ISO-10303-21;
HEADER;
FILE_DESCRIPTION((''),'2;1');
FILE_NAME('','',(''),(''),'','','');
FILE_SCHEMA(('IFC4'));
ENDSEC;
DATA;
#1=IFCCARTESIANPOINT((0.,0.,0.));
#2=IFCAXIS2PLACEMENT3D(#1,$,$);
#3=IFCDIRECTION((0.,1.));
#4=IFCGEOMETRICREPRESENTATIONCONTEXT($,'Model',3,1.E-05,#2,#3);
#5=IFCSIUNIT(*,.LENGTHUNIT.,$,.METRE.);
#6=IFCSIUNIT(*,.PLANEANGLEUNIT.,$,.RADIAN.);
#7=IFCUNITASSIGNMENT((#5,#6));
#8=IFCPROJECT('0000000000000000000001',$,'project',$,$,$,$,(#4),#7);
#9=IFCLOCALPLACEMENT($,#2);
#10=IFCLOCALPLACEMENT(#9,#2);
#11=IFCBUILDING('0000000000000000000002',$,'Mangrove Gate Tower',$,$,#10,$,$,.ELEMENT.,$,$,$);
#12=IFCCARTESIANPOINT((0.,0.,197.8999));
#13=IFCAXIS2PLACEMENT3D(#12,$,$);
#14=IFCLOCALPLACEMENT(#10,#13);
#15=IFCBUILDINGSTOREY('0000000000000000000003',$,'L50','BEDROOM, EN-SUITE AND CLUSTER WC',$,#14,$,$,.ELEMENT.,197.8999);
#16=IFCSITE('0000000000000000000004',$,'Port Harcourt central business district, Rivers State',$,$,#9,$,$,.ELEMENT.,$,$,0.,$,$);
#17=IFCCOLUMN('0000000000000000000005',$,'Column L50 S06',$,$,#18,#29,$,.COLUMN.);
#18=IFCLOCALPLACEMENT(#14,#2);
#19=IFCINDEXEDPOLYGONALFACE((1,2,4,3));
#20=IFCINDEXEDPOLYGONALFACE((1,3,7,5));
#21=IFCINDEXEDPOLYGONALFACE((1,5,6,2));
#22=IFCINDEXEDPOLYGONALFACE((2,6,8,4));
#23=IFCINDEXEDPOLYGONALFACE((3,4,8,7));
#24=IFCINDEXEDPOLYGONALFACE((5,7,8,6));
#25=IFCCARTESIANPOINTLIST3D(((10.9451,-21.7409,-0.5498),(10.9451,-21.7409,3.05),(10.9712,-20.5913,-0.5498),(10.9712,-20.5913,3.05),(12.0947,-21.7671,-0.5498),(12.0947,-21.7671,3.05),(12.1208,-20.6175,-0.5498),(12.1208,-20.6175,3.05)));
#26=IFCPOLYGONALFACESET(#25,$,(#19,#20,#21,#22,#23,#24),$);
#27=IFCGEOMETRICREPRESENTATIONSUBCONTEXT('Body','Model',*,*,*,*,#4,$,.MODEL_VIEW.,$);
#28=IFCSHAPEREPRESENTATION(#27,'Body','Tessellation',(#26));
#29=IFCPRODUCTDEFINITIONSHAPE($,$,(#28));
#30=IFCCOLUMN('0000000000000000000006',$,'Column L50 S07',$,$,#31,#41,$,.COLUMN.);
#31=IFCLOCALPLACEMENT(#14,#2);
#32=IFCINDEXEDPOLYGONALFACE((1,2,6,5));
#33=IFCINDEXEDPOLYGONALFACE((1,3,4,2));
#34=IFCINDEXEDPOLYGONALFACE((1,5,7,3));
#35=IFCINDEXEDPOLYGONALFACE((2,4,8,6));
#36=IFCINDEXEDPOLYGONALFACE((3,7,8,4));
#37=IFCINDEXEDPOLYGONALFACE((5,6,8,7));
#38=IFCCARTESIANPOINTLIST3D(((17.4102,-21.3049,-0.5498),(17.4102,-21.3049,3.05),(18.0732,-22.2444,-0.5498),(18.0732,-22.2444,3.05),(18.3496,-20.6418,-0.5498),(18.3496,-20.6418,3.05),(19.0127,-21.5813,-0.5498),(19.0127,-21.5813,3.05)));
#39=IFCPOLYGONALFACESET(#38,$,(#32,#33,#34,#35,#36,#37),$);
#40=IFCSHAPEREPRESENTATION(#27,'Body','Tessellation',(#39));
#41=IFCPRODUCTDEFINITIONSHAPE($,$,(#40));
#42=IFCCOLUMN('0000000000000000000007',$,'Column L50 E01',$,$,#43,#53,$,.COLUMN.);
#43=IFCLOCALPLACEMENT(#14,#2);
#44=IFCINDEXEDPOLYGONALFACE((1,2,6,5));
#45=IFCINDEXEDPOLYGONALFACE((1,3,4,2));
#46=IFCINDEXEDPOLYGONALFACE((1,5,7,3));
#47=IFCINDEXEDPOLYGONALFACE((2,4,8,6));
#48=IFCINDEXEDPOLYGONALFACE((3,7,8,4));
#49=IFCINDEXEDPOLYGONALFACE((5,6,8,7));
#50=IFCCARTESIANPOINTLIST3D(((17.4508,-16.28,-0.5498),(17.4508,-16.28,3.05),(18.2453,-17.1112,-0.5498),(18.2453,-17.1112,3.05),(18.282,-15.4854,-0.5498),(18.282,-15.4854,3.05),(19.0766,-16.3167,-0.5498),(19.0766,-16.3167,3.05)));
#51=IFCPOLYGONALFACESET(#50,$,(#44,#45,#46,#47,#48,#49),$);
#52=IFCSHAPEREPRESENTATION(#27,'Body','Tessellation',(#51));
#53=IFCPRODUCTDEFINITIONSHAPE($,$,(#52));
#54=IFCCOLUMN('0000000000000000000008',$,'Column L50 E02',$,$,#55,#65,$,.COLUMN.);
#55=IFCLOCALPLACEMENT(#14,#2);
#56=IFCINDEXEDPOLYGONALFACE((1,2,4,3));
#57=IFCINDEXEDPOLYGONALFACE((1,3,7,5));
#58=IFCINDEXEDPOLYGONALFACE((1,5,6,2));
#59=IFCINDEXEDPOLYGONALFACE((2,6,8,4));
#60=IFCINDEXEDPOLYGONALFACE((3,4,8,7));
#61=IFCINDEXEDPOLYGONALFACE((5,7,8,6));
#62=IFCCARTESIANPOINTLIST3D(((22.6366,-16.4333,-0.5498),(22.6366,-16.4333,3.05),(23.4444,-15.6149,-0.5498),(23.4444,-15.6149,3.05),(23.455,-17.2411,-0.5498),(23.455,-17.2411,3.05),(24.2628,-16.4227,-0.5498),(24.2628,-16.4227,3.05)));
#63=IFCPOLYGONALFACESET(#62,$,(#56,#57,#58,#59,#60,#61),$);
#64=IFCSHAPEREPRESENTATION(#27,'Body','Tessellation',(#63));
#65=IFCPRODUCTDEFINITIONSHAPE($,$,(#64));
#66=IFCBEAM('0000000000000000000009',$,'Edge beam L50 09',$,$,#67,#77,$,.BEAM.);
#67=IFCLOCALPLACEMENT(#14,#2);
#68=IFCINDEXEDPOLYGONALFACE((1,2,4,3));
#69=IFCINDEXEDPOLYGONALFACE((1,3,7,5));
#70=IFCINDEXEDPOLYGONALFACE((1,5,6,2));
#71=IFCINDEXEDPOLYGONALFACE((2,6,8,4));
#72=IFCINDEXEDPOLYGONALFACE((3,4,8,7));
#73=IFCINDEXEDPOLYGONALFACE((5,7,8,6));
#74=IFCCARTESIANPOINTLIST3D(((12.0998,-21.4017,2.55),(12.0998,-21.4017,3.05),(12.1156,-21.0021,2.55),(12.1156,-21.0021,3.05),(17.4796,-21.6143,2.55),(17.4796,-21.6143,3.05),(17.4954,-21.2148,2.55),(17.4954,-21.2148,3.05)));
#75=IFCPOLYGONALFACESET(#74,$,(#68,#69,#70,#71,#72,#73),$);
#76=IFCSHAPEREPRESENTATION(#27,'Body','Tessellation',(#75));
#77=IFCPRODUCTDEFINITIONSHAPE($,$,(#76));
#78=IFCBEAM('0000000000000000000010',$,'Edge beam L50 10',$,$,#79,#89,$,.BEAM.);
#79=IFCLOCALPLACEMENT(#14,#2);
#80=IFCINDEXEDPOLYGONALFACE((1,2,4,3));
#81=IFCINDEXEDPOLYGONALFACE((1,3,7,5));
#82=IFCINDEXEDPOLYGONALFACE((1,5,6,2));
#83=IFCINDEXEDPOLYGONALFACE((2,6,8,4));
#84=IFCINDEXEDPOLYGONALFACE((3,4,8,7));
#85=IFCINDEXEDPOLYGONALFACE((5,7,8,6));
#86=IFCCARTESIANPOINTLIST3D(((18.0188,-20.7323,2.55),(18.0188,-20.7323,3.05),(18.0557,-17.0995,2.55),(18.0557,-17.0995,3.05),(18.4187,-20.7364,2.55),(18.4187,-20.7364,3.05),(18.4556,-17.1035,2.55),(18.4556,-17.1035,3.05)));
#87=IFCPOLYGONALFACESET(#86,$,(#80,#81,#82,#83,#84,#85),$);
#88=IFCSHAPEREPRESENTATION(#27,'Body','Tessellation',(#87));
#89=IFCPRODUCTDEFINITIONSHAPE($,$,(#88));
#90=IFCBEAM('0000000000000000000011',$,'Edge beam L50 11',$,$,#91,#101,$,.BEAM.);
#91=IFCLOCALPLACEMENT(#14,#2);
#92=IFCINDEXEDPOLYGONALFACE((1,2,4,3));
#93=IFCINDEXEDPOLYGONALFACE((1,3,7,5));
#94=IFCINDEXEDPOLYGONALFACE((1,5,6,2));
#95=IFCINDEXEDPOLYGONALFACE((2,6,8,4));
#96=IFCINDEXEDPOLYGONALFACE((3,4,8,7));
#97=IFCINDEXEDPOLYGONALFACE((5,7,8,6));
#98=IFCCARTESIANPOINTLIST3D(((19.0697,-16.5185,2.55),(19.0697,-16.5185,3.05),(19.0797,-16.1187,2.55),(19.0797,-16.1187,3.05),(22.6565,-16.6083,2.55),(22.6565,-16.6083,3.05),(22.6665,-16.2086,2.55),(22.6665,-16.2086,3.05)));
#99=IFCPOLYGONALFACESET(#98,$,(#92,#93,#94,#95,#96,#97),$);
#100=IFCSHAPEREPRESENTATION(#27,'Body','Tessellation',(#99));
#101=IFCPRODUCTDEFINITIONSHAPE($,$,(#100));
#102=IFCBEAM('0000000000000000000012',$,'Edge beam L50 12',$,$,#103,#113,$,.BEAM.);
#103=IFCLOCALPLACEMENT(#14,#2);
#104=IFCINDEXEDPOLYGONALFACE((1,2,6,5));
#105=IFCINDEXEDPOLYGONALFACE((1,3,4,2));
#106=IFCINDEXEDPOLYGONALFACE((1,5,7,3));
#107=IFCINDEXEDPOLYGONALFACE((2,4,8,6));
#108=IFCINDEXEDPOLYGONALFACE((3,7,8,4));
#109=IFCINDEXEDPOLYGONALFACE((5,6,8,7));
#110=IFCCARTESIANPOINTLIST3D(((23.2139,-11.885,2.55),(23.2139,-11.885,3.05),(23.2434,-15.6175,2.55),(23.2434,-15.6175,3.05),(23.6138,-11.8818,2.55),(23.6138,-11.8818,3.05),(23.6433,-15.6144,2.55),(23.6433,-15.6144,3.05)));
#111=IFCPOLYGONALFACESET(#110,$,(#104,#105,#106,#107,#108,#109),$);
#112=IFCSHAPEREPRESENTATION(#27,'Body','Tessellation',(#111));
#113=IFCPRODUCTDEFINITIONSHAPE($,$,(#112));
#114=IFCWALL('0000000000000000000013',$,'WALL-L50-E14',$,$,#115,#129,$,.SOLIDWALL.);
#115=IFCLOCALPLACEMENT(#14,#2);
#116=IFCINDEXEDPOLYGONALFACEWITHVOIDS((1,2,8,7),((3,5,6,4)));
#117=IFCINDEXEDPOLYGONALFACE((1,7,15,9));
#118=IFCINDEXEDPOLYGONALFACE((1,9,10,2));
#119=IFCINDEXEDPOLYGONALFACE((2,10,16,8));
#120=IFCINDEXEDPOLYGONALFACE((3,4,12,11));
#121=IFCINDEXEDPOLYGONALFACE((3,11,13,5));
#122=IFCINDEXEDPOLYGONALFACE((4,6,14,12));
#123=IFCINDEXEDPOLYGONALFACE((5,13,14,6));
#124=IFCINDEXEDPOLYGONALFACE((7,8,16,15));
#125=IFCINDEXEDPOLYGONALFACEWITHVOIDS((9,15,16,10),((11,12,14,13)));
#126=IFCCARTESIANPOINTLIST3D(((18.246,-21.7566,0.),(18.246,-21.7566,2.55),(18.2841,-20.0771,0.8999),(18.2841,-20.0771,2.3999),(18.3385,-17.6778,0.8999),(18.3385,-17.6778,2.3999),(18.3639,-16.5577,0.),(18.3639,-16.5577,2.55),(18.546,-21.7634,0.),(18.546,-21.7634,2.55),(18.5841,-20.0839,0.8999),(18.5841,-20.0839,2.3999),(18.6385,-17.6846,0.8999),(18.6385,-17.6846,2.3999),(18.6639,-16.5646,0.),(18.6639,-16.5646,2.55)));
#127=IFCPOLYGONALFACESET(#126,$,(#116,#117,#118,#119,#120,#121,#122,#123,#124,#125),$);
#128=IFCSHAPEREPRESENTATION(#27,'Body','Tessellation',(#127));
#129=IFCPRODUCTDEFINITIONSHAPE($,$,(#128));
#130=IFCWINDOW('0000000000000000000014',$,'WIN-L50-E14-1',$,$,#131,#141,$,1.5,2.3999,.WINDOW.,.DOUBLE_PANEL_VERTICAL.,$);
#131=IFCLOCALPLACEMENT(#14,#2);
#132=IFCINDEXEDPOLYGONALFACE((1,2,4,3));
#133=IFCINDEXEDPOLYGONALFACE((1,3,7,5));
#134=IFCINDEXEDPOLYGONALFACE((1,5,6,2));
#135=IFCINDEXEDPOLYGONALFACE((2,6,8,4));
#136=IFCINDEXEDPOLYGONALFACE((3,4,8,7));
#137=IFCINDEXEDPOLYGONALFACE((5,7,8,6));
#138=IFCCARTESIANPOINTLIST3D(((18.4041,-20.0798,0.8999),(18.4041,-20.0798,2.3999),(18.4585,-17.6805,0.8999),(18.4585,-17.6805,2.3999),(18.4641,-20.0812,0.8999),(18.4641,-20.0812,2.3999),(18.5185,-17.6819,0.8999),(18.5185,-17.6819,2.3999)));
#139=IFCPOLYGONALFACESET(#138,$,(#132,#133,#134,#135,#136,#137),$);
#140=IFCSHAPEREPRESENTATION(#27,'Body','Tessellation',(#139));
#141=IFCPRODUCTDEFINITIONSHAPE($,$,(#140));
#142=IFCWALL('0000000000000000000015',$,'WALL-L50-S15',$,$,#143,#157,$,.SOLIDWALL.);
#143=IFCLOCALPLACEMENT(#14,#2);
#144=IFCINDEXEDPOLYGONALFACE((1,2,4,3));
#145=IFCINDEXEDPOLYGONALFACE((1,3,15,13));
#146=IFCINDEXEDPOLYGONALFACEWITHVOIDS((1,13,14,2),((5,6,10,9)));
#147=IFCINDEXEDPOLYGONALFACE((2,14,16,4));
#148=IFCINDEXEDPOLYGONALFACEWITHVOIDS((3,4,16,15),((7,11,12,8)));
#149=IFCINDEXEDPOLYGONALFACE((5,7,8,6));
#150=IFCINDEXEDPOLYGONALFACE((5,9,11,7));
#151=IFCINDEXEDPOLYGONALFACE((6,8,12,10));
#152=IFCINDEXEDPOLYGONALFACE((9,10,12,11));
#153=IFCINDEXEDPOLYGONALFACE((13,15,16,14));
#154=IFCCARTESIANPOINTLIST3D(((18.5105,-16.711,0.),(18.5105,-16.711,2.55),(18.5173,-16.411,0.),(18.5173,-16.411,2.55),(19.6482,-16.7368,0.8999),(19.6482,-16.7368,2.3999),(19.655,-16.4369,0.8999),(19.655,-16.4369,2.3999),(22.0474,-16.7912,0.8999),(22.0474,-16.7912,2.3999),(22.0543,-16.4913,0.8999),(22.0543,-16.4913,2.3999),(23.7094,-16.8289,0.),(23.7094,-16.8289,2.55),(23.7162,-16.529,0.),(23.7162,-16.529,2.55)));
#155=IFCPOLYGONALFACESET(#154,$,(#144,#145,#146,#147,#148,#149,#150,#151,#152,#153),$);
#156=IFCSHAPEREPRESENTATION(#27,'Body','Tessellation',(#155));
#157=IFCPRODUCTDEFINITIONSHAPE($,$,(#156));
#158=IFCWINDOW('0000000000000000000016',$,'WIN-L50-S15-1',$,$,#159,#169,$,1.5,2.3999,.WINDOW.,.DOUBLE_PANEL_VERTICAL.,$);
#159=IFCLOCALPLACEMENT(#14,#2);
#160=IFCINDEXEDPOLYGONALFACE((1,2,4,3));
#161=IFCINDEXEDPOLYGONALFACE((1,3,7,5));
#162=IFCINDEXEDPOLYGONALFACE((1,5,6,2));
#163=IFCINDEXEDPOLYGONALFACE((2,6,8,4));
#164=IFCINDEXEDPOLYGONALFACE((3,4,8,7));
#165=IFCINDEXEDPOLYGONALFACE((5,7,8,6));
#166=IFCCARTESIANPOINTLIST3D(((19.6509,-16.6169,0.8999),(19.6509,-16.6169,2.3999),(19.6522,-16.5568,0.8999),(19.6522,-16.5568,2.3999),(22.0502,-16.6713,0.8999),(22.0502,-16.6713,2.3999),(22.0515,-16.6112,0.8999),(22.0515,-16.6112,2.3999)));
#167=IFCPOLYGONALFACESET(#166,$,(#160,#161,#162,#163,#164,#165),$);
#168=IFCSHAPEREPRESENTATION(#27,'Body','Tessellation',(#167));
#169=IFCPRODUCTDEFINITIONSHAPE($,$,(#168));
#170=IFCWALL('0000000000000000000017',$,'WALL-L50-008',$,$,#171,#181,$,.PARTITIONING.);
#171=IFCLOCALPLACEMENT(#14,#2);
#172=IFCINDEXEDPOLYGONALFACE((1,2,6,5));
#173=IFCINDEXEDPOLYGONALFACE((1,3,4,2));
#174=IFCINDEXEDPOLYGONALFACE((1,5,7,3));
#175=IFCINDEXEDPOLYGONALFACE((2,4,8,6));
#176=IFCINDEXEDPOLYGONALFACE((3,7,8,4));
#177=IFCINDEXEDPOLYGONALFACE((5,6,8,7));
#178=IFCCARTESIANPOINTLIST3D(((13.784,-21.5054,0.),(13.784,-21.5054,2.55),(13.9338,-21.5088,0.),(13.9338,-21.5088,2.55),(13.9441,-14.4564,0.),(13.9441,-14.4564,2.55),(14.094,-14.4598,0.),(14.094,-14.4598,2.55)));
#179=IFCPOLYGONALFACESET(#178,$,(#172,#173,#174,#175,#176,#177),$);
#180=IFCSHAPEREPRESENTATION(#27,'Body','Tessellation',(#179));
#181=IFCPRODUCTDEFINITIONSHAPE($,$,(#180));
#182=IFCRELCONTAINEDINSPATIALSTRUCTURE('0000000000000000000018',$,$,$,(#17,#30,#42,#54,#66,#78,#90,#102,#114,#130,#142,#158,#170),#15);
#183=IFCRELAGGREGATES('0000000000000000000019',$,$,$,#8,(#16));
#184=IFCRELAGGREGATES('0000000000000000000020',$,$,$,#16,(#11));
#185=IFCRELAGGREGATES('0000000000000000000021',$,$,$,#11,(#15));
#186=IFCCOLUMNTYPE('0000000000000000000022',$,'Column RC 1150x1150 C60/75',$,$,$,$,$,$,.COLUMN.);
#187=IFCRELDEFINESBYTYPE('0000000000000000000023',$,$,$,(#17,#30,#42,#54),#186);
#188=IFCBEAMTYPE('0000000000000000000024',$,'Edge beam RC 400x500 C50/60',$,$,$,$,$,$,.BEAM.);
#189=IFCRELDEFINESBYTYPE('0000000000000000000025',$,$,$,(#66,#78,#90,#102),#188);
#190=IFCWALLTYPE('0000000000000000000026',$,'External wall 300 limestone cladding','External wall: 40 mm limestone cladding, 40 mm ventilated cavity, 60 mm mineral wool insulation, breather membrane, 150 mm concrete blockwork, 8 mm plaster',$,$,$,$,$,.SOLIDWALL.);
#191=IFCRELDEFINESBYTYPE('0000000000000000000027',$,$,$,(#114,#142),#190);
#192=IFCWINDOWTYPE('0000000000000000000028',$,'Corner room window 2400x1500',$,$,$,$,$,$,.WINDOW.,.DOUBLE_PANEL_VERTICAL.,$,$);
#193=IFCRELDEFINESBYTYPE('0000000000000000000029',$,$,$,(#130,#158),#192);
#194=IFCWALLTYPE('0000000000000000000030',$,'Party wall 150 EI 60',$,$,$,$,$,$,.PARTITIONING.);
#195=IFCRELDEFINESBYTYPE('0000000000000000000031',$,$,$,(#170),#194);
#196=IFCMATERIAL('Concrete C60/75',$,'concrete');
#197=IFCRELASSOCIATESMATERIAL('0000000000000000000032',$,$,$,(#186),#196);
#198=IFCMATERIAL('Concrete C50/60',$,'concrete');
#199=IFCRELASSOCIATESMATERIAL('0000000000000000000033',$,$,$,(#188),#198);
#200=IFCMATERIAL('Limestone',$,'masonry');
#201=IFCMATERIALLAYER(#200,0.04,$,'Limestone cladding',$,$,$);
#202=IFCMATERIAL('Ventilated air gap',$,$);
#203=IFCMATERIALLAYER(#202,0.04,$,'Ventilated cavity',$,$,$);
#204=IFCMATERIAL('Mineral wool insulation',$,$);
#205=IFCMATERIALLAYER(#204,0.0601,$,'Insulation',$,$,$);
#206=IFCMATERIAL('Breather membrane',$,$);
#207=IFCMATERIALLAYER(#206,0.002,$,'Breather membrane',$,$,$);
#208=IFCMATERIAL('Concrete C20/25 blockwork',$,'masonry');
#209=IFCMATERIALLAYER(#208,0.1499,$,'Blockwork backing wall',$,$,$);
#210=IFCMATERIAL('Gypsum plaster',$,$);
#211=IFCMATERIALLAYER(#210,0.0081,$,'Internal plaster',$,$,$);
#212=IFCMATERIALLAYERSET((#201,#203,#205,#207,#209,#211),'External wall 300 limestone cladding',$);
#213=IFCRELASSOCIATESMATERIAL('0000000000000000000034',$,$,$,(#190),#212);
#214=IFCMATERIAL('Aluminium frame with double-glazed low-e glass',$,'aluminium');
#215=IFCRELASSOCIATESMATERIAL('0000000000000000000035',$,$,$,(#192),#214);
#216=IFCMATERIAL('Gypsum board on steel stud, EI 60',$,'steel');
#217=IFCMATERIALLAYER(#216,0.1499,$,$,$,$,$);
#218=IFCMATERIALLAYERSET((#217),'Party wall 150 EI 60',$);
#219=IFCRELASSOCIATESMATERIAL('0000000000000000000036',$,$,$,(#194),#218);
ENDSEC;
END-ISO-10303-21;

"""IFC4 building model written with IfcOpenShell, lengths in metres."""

from ifc_helpers import new_model, si_unit, direction, frame, frame_2d, origin, origin_2d, place, context, subcontext, project, spatial, rectangle, extrude, material, layer, layer_set, material_profile, profile_set, type_object, element, fill, save


model = new_model("IFC4")

# Units and contexts
model_context = context("Model", 3, precision=1e-05, world=origin(), true_north=direction((0.0, 1.0)))
body_context = subcontext(model_context, "Body", "Model", "MODEL_VIEW")
ifc_project = project(units=[si_unit("LENGTHUNIT", "METRE"), si_unit("PLANEANGLEUNIT", "RADIAN")], contexts=[model_context])

# Site, building, storey
site_placement = place(None, origin())
site = spatial("IfcSite", under=ifc_project, at=site_placement, Name="Port Harcourt central business district, Rivers State", CompositionType="ELEMENT", RefElevation=0.0)
building_placement = place(site_placement, origin())
building = spatial("IfcBuilding", under=site, at=building_placement, Name="Mangrove Gate Tower", CompositionType="ELEMENT")
storey_placement = place(building_placement, frame((0.0, 0.0, 197.8999)))
storey = spatial("IfcBuildingStorey", under=building, at=storey_placement, Name="L50", Description="BEDROOM, EN-SUITE AND CLUSTER WC", CompositionType="ELEMENT", Elevation=197.8999)

# Columns
ifc_material_1 = material(Name="Concrete C60/75", Category="concrete")
ifc_material_profile_1 = material_profile(ifc_material_1, rectangle(XDim=1.1499, YDim=1.1499, at=origin_2d()))
ifc_profile_set_1 = profile_set([ifc_material_profile_1], Name="Concrete C60/75")
column_type = type_object("IfcColumnType", Name="Column RC 1150x1150 C60/75", PredefinedType="COLUMN", material=ifc_profile_set_1)
for number, where, z_axis, x_axis, name in (
    (1, (11.533, -21.1792, -0.5498), (0.0, 0.0, 1.0), (0.999742, -0.022707, 0.0), "Column L50 S06"),
    (2, (18.2114, -21.4431, -0.5498), (0.0, 0.0, 1.0), (0.817006, 0.576629, 0.0), "Column L50 S07"),
    (3, (18.2637, -16.2983, -0.5498), (0.0, 0.0, 1.0), (0.722905, 0.690948, 0.0), "Column L50 E01"),
    (4, (23.4497, -16.428, -0.5498), (0.0, 0.0, 1.0), (0.702473, 0.711711, 0.0), "Column L50 E02"),
):
    element("IfcColumn", number, at=place(storey_placement, frame(where, z_axis=z_axis, x_axis=x_axis)), inside=storey, type_object=column_type, Name=name, PredefinedType="COLUMN", context=body_context, shape_type="SweptSolid", body=[
        extrude(rectangle(XDim=1.1499, YDim=1.1499, at=origin_2d()), origin(), (0.0, 0.0, 1.0), 3.5999),
    ])

# Beams
ifc_material_2 = material(Name="Concrete C50/60", Category="concrete")
ifc_material_profile_2 = material_profile(ifc_material_2, rectangle(XDim=0.3999, YDim=0.5, at=origin_2d()))
ifc_profile_set_2 = profile_set([ifc_material_profile_2], Name="Concrete C50/60")
beam_type = type_object("IfcBeamType", Name="Edge beam RC 400x500 C50/60", PredefinedType="BEAM", material=ifc_profile_set_2)
beam_1_placement = place(storey_placement, frame((12.1077, -21.2019, 2.8), z_axis=(0.99922, -0.039495, 0.0), x_axis=(0.039495, 0.99922, 0.0)))
element("IfcBeam", 5, at=beam_1_placement, inside=storey, type_object=beam_type, Name="Edge beam L50 09", PredefinedType="BEAM", context=body_context, shape_type="SweptSolid", body=[
    extrude(rectangle(XDim=0.3999, YDim=0.5, at=origin_2d()), origin(), (0.0, 0.0, 1.0), 5.384),
])
beam_2_placement = place(storey_placement, frame((18.2188, -20.7344, 2.8), z_axis=(0.010147, 0.999949, 0.0), x_axis=(-0.999949, 0.010147, 0.0)))
element("IfcBeam", 6, at=beam_2_placement, inside=storey, type_object=beam_type, Name="Edge beam L50 10", PredefinedType="BEAM", context=body_context, shape_type="SweptSolid", body=[
    extrude(rectangle(XDim=0.3999, YDim=0.5, at=origin_2d()), origin(), (0.0, 0.0, 1.0), 3.6331),
])
beam_3_placement = place(storey_placement, frame((19.0747, -16.3186, 2.8), z_axis=(0.999686, -0.025041, 0.0), x_axis=(0.025041, 0.999686, 0.0)))
element("IfcBeam", 7, at=beam_3_placement, inside=storey, type_object=beam_type, Name="Edge beam L50 11", PredefinedType="BEAM", context=body_context, shape_type="SweptSolid", body=[
    extrude(rectangle(XDim=0.3999, YDim=0.5, at=origin_2d()), origin(), (0.0, 0.0, 1.0), 3.5879),
])
beam_4_placement = place(storey_placement, frame((23.4434, -15.616, 2.8), z_axis=(-0.007914, 0.999969, 0.0), x_axis=(-0.999969, -0.007914, 0.0)))
element("IfcBeam", 8, at=beam_4_placement, inside=storey, type_object=beam_type, Name="Edge beam L50 12", PredefinedType="BEAM", context=body_context, shape_type="SweptSolid", body=[
    extrude(rectangle(XDim=0.3999, YDim=0.5, at=origin_2d()), origin(), (0.0, 0.0, 1.0), 3.7327),
])

# Shared definitions
ifc_material_3 = material(Name="Limestone", Category="masonry")
ifc_layer_1 = layer(ifc_material_3, 0.04, Name="Limestone cladding")
ifc_material_4 = material(Name="Ventilated air gap")
ifc_layer_2 = layer(ifc_material_4, 0.04, Name="Ventilated cavity")
ifc_material_5 = material(Name="Mineral wool insulation")
ifc_layer_3 = layer(ifc_material_5, 0.0601, Name="Insulation")
ifc_material_6 = material(Name="Breather membrane")
ifc_layer_4 = layer(ifc_material_6, 0.002, Name="Breather membrane")
ifc_material_7 = material(Name="Concrete C20/25 blockwork", Category="masonry")
ifc_layer_5 = layer(ifc_material_7, 0.1499, Name="Blockwork backing wall")
ifc_material_8 = material(Name="Gypsum plaster")
ifc_layer_6 = layer(ifc_material_8, 0.0081, Name="Internal plaster")
ifc_layer_set_1 = layer_set([ifc_layer_1, ifc_layer_2, ifc_layer_3, ifc_layer_4, ifc_layer_5, ifc_layer_6], Name="External wall 300 limestone cladding")
wall_type_1 = type_object("IfcWallType", Name="External wall 300 limestone cladding", Description="External wall: 40 mm limestone cladding, 40 mm ventilated cavity, 60 mm mineral wool insulation, breather membrane, 150 mm concrete blockwork, 8 mm plaster", PredefinedType="SOLIDWALL", material=ifc_layer_set_1)

# Walls, openings, windows
wall_1_placement = place(storey_placement, frame((18.396, -21.76, 0.0), z_axis=(0.0, 0.0, 1.0), x_axis=(0.022676, 0.999743, 0.0)))
wall_1 = element("IfcWall", 9, at=wall_1_placement, inside=storey, type_object=wall_type_1, Name="WALL-L50-E14", PredefinedType="SOLIDWALL", context=body_context, shape_type="SweptSolid", body=[
    extrude(rectangle(XDim=5.2002, YDim=0.3, at=frame_2d((2.6001, 0.0))), origin(), (0.0, 0.0, 1.0), 2.55),
])
opening_1_placement = place(wall_1_placement, frame((1.6799, 0.0, 0.8999)))
opening_1 = element("IfcOpeningElement", 10, at=opening_1_placement, cuts=wall_1, PredefinedType="OPENING", context=body_context, shape_type="SweptSolid", body=[
    extrude(rectangle(XDim=2.3999, YDim=1.5, at=frame_2d((1.2, 0.75))), frame((0.0, 0.1599, 0.0), z_axis=(0.0, -1.0, 0.0), x_axis=(1.0, 0.0, 0.0)), (0.0, 0.0, 1.0), 0.3201),
])
ifc_material_9 = material(Name="Aluminium frame with double-glazed low-e glass", Category="aluminium")
window_type_1 = type_object("IfcWindowType", Name="Corner room window 2400x1500", PartitioningType="DOUBLE_PANEL_VERTICAL", PredefinedType="WINDOW", material=ifc_material_9)
window_1_placement = place(opening_1_placement, origin())
window_1 = element("IfcWindow", 11, at=window_1_placement, inside=storey, type_object=window_type_1, Name="WIN-L50-E14-1", OverallHeight=1.5, OverallWidth=2.3999, PartitioningType="DOUBLE_PANEL_VERTICAL", PredefinedType="WINDOW", context=body_context, shape_type="SweptSolid", body=[
    extrude(rectangle(XDim=2.3999, YDim=1.5, at=frame_2d((1.2, 0.75))), frame((0.0, 0.03, 0.0), z_axis=(0.0, -1.0, 0.0), x_axis=(1.0, 0.0, 0.0)), (0.0, 0.0, 1.0), 0.0601),
])
fill(opening_1, window_1)
wall_2_placement = place(storey_placement, frame((18.5139, -16.561, 0.0), z_axis=(0.0, 0.0, 1.0), x_axis=(0.999743, -0.022676, 0.0)))
wall_2 = element("IfcWall", 12, at=wall_2_placement, inside=storey, type_object=wall_type_1, Name="WALL-L50-S15", PredefinedType="SOLIDWALL", context=body_context, shape_type="SweptSolid", body=[
    extrude(rectangle(XDim=5.2002, YDim=0.3, at=frame_2d((2.6001, 0.0))), origin(), (0.0, 0.0, 1.0), 2.55),
])
opening_2_placement = place(wall_2_placement, frame((1.1379, 0.0, 0.8999)))
opening_2 = element("IfcOpeningElement", 13, at=opening_2_placement, cuts=wall_2, PredefinedType="OPENING", context=body_context, shape_type="SweptSolid", body=[
    extrude(rectangle(XDim=2.3999, YDim=1.5, at=frame_2d((1.2, 0.75))), frame((0.0, 0.1599, 0.0), z_axis=(0.0, -1.0, 0.0), x_axis=(1.0, 0.0, 0.0)), (0.0, 0.0, 1.0), 0.3201),
])
window_2_placement = place(opening_2_placement, origin())
window_2 = element("IfcWindow", 14, at=window_2_placement, inside=storey, type_object=window_type_1, Name="WIN-L50-S15-1", OverallHeight=1.5, OverallWidth=2.3999, PartitioningType="DOUBLE_PANEL_VERTICAL", PredefinedType="WINDOW", context=body_context, shape_type="SweptSolid", body=[
    extrude(rectangle(XDim=2.3999, YDim=1.5, at=frame_2d((1.2, 0.75))), frame((0.0, 0.03, 0.0), z_axis=(0.0, -1.0, 0.0), x_axis=(1.0, 0.0, 0.0)), (0.0, 0.0, 1.0), 0.0601),
])
fill(opening_2, window_2)

# Wall
ifc_material_10 = material(Name="Gypsum board on steel stud, EI 60", Category="steel")
ifc_layer_7 = layer(ifc_material_10, 0.1499)
ifc_layer_set_2 = layer_set([ifc_layer_7], Name="Party wall 150 EI 60")
wall_type_2 = type_object("IfcWallType", Name="Party wall 150 EI 60", PredefinedType="PARTITIONING", material=ifc_layer_set_2)
wall_3_placement = place(storey_placement, frame((13.8589, -21.5071, 0.0), z_axis=(0.0, 0.0, 1.0), x_axis=(0.022714, 0.999742, 0.0)))
element("IfcWall", 15, at=wall_3_placement, inside=storey, type_object=wall_type_2, Name="WALL-L50-008", PredefinedType="PARTITIONING", context=body_context, shape_type="SweptSolid", body=[
    extrude(rectangle(XDim=7.0508, YDim=0.1499, at=frame_2d((3.5254, 0.0))), origin(), (0.0, 0.0, 1.0), 2.55),
])

save(model, "model.ifc")
